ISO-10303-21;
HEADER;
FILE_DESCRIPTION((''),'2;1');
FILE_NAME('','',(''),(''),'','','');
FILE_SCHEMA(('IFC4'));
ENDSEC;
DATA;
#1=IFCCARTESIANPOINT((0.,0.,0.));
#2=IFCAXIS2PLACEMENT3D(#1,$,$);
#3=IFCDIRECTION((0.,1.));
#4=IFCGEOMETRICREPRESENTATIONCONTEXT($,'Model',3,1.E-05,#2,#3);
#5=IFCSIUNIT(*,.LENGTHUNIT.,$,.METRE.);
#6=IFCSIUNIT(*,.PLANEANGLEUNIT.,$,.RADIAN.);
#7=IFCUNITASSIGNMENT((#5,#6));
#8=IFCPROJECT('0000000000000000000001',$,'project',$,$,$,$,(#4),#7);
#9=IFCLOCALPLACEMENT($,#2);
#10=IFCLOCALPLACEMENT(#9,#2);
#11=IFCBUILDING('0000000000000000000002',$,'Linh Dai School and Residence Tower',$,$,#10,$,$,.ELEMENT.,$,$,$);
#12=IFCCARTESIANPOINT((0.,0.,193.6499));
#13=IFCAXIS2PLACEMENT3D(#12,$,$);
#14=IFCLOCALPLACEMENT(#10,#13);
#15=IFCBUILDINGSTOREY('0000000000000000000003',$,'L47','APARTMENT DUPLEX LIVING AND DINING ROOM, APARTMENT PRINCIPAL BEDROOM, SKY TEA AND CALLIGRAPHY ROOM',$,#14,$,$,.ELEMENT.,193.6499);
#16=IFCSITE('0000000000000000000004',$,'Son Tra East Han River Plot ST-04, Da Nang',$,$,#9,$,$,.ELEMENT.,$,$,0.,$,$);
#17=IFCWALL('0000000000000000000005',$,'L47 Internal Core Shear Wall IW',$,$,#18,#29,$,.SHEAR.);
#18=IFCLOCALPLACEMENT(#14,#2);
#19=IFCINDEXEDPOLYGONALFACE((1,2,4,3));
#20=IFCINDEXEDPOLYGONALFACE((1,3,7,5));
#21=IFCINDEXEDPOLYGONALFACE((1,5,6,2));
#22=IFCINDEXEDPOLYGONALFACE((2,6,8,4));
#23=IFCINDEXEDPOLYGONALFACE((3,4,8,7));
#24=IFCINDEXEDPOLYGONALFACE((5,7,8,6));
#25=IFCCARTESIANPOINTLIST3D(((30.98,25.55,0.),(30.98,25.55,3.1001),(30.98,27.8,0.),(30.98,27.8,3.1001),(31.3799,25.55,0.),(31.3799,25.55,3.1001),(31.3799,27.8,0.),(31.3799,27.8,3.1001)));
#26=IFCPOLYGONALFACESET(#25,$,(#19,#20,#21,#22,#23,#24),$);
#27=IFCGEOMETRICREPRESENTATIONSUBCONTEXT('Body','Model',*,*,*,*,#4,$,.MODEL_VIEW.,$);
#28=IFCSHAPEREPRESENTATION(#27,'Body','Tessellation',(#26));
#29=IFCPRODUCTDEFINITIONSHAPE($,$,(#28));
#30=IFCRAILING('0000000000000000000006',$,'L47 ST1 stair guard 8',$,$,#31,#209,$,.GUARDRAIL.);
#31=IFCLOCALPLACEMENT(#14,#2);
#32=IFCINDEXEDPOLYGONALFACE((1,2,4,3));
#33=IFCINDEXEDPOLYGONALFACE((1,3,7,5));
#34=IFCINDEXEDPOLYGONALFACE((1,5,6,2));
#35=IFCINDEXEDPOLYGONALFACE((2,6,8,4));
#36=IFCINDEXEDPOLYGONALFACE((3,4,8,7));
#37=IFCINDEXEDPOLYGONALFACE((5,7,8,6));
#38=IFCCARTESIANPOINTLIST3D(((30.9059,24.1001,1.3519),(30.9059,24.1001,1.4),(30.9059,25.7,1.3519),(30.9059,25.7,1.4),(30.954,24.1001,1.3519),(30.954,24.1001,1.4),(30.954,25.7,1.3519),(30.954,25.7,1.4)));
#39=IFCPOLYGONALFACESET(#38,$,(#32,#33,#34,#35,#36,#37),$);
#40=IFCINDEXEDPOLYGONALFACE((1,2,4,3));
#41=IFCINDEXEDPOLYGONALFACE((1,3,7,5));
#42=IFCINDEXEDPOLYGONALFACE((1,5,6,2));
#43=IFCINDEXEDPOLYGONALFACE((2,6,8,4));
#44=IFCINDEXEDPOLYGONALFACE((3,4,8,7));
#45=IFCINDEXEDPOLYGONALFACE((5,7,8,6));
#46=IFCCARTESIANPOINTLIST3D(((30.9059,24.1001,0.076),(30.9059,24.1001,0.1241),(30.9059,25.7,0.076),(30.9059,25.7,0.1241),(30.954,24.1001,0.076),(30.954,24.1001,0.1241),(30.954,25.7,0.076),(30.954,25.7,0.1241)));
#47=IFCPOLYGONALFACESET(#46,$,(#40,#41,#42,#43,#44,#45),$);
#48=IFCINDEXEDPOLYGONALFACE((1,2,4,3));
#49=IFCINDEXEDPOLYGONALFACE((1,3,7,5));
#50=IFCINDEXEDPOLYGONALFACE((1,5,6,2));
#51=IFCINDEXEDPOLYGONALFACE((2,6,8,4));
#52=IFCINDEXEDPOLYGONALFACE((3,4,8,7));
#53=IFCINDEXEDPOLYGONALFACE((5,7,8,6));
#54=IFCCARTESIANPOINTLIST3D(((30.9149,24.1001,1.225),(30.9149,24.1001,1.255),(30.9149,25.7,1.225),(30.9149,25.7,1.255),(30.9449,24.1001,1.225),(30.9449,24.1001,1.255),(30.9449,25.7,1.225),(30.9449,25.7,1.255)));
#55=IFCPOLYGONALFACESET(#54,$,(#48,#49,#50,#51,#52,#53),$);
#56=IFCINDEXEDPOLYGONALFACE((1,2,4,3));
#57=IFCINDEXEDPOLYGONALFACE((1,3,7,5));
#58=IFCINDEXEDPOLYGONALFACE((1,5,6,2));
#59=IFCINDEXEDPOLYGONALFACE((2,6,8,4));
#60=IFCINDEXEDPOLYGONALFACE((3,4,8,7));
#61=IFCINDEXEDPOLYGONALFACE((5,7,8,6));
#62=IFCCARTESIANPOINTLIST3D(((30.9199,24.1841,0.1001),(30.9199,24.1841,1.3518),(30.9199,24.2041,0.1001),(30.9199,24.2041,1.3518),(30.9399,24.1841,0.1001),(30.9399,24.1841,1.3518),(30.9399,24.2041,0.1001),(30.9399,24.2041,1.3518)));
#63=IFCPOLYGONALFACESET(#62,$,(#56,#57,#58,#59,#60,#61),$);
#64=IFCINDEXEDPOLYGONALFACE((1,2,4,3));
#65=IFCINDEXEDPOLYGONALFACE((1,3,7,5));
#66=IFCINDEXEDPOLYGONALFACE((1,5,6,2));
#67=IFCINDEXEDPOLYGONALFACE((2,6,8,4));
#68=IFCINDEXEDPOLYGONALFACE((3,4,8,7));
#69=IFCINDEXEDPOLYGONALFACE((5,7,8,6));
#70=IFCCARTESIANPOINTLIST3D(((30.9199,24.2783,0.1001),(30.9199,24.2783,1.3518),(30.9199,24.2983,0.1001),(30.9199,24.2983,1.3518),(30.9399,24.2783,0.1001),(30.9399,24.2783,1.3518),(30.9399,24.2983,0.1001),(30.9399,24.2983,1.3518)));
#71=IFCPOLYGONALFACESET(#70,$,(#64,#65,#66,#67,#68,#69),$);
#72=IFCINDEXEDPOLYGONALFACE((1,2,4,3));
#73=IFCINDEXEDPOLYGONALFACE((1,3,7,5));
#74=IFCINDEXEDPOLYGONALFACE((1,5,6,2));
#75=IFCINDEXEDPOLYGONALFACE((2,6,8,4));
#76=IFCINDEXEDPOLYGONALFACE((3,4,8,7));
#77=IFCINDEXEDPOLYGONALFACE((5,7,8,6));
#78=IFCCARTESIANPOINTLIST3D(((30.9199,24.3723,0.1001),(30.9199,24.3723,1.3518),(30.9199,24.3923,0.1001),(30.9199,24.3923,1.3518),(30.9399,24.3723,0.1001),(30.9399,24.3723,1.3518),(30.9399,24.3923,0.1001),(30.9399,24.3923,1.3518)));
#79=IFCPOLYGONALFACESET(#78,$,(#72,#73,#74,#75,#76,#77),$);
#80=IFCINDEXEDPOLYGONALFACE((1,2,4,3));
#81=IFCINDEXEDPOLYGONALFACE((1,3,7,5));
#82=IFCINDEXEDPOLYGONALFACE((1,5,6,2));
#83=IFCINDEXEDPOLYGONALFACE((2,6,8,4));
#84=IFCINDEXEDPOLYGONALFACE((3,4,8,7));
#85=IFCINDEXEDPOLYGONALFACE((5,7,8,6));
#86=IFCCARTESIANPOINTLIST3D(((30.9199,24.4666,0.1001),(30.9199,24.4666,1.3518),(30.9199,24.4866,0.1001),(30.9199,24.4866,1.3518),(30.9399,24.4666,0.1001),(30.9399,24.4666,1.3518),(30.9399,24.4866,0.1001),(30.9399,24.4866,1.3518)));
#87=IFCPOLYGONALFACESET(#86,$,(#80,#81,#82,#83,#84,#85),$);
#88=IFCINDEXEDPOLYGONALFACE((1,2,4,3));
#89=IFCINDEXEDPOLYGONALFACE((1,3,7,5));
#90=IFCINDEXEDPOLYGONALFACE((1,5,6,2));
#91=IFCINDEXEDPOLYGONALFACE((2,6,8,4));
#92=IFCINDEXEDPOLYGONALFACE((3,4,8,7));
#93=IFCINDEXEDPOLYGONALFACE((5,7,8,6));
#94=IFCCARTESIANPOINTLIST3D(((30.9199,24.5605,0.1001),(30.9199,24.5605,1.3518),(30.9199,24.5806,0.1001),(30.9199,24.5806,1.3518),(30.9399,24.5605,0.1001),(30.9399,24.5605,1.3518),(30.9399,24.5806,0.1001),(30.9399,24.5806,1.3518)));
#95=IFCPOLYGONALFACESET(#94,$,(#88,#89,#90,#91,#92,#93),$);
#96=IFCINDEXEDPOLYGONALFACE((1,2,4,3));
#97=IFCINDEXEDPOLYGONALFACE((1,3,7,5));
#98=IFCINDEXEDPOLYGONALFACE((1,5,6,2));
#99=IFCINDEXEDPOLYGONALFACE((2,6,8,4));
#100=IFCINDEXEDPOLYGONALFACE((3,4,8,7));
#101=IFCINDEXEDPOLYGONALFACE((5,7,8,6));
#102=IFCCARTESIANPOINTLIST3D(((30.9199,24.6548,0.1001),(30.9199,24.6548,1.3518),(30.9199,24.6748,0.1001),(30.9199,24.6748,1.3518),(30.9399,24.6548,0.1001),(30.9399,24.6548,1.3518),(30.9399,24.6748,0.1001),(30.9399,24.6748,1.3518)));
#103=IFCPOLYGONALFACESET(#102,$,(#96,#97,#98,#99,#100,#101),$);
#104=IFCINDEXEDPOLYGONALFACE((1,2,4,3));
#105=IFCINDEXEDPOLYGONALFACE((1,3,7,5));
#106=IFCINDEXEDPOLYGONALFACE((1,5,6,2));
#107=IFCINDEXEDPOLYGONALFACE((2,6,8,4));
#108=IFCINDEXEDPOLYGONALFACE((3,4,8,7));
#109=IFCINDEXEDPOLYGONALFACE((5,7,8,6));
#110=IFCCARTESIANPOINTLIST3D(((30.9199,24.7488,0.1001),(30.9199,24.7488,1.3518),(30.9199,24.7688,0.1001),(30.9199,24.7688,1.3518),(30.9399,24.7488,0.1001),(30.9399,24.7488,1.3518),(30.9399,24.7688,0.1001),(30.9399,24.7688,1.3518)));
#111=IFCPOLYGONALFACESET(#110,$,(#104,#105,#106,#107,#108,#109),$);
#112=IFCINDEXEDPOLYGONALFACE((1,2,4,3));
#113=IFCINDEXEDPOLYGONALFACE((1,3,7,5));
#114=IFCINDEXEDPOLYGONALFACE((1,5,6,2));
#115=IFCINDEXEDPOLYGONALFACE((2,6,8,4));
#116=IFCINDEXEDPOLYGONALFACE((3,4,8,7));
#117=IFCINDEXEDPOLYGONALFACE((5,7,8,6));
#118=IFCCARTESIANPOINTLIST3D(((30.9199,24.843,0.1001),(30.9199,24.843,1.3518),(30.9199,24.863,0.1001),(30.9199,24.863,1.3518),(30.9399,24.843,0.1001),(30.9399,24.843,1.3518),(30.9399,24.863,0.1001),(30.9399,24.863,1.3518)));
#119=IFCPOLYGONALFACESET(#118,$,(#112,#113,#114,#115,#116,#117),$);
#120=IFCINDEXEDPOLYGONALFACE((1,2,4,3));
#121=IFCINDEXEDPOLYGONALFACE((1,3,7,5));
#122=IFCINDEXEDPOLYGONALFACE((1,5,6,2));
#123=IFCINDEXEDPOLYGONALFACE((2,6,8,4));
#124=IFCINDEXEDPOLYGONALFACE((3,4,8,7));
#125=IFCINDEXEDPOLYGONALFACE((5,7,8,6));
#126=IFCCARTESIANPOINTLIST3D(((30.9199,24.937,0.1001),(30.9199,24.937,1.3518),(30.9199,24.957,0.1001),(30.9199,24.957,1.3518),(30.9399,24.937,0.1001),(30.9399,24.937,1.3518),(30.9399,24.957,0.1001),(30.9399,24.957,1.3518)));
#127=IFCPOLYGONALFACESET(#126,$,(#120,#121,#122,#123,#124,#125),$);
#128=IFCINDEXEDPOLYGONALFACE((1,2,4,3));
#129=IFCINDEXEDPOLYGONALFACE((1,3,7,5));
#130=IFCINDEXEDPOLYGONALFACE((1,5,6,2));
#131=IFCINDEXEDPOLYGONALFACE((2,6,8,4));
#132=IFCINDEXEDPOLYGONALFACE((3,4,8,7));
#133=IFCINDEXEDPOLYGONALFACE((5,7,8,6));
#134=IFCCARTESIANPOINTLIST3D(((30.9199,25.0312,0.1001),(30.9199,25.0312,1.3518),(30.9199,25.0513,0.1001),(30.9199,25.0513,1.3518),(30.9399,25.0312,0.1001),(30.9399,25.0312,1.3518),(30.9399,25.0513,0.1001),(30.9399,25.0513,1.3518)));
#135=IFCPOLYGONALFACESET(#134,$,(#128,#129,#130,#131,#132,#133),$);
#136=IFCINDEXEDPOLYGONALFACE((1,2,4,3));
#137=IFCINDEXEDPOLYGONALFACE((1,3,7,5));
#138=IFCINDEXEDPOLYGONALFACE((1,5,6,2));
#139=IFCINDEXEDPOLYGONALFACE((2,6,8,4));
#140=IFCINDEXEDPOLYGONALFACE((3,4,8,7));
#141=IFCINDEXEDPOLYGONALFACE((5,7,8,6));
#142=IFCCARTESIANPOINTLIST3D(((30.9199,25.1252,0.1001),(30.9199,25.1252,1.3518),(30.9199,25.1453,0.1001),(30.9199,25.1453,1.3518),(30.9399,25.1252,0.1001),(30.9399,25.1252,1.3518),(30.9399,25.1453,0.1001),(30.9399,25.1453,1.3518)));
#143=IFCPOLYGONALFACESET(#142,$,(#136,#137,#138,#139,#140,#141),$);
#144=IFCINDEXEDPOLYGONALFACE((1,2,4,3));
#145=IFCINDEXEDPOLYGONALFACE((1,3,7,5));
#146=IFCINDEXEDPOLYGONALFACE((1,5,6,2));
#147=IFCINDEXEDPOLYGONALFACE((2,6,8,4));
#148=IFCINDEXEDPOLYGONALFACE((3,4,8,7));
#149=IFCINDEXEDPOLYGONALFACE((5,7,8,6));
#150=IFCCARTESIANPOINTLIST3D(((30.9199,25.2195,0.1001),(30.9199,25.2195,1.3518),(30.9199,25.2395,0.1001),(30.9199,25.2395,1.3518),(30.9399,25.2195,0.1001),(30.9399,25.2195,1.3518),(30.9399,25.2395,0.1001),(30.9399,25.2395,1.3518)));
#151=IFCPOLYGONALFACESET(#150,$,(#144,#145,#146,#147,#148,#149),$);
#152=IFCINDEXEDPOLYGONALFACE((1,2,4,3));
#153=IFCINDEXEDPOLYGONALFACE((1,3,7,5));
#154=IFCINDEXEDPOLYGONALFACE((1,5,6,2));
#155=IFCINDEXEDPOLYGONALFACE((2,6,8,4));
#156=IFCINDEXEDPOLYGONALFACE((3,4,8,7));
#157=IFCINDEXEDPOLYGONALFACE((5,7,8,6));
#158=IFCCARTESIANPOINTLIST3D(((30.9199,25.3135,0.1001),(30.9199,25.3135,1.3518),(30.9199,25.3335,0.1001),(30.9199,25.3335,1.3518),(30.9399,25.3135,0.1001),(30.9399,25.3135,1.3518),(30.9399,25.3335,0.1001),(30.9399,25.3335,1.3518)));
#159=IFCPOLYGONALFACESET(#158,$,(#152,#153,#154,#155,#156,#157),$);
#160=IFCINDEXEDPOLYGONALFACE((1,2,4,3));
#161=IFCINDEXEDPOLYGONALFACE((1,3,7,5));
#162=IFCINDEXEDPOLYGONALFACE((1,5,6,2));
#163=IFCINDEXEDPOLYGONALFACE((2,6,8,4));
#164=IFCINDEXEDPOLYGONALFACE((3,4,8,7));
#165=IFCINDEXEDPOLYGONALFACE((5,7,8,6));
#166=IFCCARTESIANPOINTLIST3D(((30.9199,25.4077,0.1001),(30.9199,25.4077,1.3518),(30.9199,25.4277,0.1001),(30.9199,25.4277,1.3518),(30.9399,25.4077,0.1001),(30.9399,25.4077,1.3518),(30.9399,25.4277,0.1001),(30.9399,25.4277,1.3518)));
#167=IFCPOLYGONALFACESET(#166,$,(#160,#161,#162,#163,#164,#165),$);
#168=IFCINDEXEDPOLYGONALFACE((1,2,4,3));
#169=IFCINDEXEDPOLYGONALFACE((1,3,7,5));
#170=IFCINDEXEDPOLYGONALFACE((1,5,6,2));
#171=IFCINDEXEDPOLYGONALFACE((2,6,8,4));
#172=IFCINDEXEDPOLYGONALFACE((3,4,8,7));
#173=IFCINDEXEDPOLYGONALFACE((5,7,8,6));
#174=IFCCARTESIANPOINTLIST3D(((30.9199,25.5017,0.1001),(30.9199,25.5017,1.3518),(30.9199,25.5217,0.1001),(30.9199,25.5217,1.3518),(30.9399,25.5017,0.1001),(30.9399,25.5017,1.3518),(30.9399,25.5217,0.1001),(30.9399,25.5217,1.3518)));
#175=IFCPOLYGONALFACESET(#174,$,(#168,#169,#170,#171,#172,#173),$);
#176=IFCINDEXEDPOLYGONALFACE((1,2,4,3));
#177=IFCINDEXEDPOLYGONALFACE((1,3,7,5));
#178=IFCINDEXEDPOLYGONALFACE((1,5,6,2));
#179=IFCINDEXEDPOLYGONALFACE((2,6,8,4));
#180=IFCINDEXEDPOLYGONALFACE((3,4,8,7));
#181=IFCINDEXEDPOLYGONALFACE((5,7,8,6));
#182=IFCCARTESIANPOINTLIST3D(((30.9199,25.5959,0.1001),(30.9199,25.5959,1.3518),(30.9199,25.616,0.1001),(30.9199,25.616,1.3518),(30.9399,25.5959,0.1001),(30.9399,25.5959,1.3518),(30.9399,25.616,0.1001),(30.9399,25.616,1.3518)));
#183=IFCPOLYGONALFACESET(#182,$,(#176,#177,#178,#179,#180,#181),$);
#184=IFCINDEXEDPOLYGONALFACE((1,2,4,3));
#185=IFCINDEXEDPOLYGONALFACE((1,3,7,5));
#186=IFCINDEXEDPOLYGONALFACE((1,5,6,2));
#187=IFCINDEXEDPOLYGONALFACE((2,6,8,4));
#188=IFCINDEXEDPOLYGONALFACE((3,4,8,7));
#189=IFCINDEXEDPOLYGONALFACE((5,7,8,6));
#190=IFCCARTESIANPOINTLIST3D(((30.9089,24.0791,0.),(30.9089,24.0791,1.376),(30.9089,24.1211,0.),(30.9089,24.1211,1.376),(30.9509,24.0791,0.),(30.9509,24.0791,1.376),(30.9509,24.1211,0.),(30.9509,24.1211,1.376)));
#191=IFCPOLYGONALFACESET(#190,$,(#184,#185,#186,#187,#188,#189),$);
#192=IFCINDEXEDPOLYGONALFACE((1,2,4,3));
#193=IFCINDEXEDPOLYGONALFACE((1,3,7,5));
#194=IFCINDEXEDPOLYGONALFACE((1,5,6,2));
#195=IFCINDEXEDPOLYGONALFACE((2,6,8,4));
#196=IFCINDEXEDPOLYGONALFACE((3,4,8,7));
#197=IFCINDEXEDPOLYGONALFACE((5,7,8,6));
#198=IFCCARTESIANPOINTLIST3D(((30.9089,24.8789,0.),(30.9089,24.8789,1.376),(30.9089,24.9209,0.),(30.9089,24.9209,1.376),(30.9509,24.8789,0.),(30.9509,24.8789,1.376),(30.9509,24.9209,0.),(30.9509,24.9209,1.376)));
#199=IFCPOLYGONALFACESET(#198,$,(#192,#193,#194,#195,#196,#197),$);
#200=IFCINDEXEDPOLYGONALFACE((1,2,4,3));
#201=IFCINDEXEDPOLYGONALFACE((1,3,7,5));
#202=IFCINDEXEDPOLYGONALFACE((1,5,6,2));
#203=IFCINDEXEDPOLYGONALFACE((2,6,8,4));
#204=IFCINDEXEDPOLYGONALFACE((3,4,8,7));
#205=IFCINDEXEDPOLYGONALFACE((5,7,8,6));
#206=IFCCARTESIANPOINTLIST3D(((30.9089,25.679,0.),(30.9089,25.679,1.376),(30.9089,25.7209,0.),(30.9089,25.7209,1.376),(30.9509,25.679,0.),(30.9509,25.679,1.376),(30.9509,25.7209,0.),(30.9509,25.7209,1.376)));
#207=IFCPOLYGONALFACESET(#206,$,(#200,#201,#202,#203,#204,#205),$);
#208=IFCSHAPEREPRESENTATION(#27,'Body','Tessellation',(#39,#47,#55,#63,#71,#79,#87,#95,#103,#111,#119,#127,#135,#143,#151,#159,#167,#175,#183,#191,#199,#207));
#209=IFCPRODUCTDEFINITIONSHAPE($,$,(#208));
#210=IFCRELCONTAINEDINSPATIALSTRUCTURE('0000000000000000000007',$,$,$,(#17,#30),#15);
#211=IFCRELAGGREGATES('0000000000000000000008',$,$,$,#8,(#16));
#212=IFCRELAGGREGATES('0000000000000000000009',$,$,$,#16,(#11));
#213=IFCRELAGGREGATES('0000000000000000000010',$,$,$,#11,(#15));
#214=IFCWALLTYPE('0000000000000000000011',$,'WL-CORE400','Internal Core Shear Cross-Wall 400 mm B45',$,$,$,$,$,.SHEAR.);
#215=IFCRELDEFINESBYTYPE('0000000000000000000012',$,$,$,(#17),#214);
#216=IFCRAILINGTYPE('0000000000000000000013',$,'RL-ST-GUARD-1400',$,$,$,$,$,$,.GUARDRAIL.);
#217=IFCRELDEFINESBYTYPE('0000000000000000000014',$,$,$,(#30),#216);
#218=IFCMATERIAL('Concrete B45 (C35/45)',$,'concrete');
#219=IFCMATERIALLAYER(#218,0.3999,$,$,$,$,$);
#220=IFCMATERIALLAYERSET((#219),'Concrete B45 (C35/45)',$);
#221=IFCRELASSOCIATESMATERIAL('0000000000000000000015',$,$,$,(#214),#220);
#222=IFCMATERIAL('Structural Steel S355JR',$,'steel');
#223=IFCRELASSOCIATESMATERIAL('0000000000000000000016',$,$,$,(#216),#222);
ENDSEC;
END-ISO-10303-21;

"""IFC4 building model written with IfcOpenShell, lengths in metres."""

from ifc_helpers import new_model, si_unit, direction, frame, frame_2d, origin, origin_2d, place, context, subcontext, project, spatial, rectangle, extrude, source, transform, mapped, material, layer, layer_set, type_object, element, save


model = new_model("IFC4")

# Units and contexts
model_context = context("Model", 3, precision=1e-05, world=origin(), true_north=direction((0.0, 1.0)))
body_context = subcontext(model_context, "Body", "Model", "MODEL_VIEW")
ifc_project = project(units=[si_unit("LENGTHUNIT", "METRE"), si_unit("PLANEANGLEUNIT", "RADIAN")], contexts=[model_context])

# Site, building, storey
site_placement = place(None, origin())
site = spatial("IfcSite", under=ifc_project, at=site_placement, Name="Son Tra East Han River Plot ST-04, Da Nang", CompositionType="ELEMENT", RefElevation=0.0)
building_placement = place(site_placement, origin())
building = spatial("IfcBuilding", under=site, at=building_placement, Name="Linh Dai School and Residence Tower", CompositionType="ELEMENT")
storey_placement = place(building_placement, frame((0.0, 0.0, 193.6499)))
storey = spatial("IfcBuildingStorey", under=building, at=storey_placement, Name="L47", Description="APARTMENT DUPLEX LIVING AND DINING ROOM, APARTMENT PRINCIPAL BEDROOM, SKY TEA AND CALLIGRAPHY ROOM", CompositionType="ELEMENT", Elevation=193.6499)

# Shared definitions
ifc_material_1 = material(Name="Structural Steel S355JR", Category="steel")

# Shared definitions
ifc_material_2 = material(Name="Concrete B45 (C35/45)", Category="concrete")

# Wall
ifc_layer_1 = layer(ifc_material_2, 0.3999)
ifc_layer_set_1 = layer_set([ifc_layer_1], Name="Concrete B45 (C35/45)")
wall_type_1 = type_object("IfcWallType", Name="WL-CORE400", Description="Internal Core Shear Cross-Wall 400 mm B45", PredefinedType="SHEAR", material=ifc_layer_set_1)
wall_1_placement = place(storey_placement, frame((31.1799, 25.55, 0.0), z_axis=(0.0, 0.0, 1.0), x_axis=(0.0, 1.0, 0.0)))
element("IfcWall", 1, at=wall_1_placement, inside=storey, type_object=wall_type_1, Name="L47 Internal Core Shear Wall IW", PredefinedType="SHEAR", context=body_context, shape_type="SweptSolid", body=[
    extrude(rectangle(XDim=2.25, YDim=0.3999, at=frame_2d((1.125, 0.0))), origin(), (0.0, 0.0, 1.0), 3.1001),
])

# Railing
railing_type = type_object("IfcRailingType", Name="RL-ST-GUARD-1400", PredefinedType="GUARDRAIL", material=ifc_material_1)
shared_shape_1 = source(origin(), body_context, "Body", "SweptSolid", [
    extrude(rectangle(XDim=0.0481, YDim=0.0481, at=origin_2d()), frame((0.0, 0.0, 1.376), z_axis=(0.0, 1.0, 0.0), x_axis=(-1.0, 0.0, 0.0)), (0.0, 0.0, 1.0), 1.5999),
    extrude(rectangle(XDim=0.0481, YDim=0.0481, at=origin_2d()), frame((0.0, 0.0, 0.1001), z_axis=(0.0, 1.0, 0.0), x_axis=(-1.0, 0.0, 0.0)), (0.0, 0.0, 1.0), 1.5999),
    extrude(rectangle(XDim=0.03, YDim=0.03, at=origin_2d()), frame((0.0, 0.0, 1.24), z_axis=(0.0, 1.0, 0.0), x_axis=(-1.0, 0.0, 0.0)), (0.0, 0.0, 1.0), 1.5999),
    extrude(rectangle(XDim=0.02, YDim=0.02, at=origin_2d()), frame((0.0, 0.094, 0.1001)), (0.0, 0.0, 1.0), 1.2517),
    extrude(rectangle(XDim=0.02, YDim=0.02, at=origin_2d()), frame((0.0, 0.1882, 0.1001)), (0.0, 0.0, 1.0), 1.2517),
    extrude(rectangle(XDim=0.02, YDim=0.02, at=origin_2d()), frame((0.0, 0.2822, 0.1001)), (0.0, 0.0, 1.0), 1.2517),
    extrude(rectangle(XDim=0.02, YDim=0.02, at=origin_2d()), frame((0.0, 0.3765, 0.1001)), (0.0, 0.0, 1.0), 1.2517),
    extrude(rectangle(XDim=0.02, YDim=0.02, at=origin_2d()), frame((0.0, 0.4705, 0.1001)), (0.0, 0.0, 1.0), 1.2517),
    extrude(rectangle(XDim=0.02, YDim=0.02, at=origin_2d()), frame((0.0, 0.5647, 0.1001)), (0.0, 0.0, 1.0), 1.2517),
    extrude(rectangle(XDim=0.02, YDim=0.02, at=origin_2d()), frame((0.0, 0.6587, 0.1001)), (0.0, 0.0, 1.0), 1.2517),
    extrude(rectangle(XDim=0.02, YDim=0.02, at=origin_2d()), frame((0.0, 0.7529, 0.1001)), (0.0, 0.0, 1.0), 1.2517),
    extrude(rectangle(XDim=0.02, YDim=0.02, at=origin_2d()), frame((0.0, 0.8469, 0.1001)), (0.0, 0.0, 1.0), 1.2517),
    extrude(rectangle(XDim=0.02, YDim=0.02, at=origin_2d()), frame((0.0, 0.9412, 0.1001)), (0.0, 0.0, 1.0), 1.2517),
    extrude(rectangle(XDim=0.02, YDim=0.02, at=origin_2d()), frame((0.0, 1.0352, 0.1001)), (0.0, 0.0, 1.0), 1.2517),
    extrude(rectangle(XDim=0.02, YDim=0.02, at=origin_2d()), frame((0.0, 1.1294, 0.1001)), (0.0, 0.0, 1.0), 1.2517),
    extrude(rectangle(XDim=0.02, YDim=0.02, at=origin_2d()), frame((0.0, 1.2234, 0.1001)), (0.0, 0.0, 1.0), 1.2517),
    extrude(rectangle(XDim=0.02, YDim=0.02, at=origin_2d()), frame((0.0, 1.3176, 0.1001)), (0.0, 0.0, 1.0), 1.2517),
    extrude(rectangle(XDim=0.02, YDim=0.02, at=origin_2d()), frame((0.0, 1.4116, 0.1001)), (0.0, 0.0, 1.0), 1.2517),
    extrude(rectangle(XDim=0.02, YDim=0.02, at=origin_2d()), frame((0.0, 1.5059, 0.1001)), (0.0, 0.0, 1.0), 1.2517),
    extrude(rectangle(XDim=0.042, YDim=0.042, at=origin_2d()), origin(), (0.0, 0.0, 1.0), 1.376),
    extrude(rectangle(XDim=0.042, YDim=0.042, at=origin_2d()), frame((0.0, 0.7998, 0.0)), (0.0, 0.0, 1.0), 1.376),
    extrude(rectangle(XDim=0.042, YDim=0.042, at=origin_2d()), frame((0.0, 1.5999, 0.0)), (0.0, 0.0, 1.0), 1.376),
])
for number, where, name in (
    (2, (30.9299, 24.1001, 0.0), "L47 ST1 stair guard 8"),
):
    element("IfcRailing", number, at=place(storey_placement, frame(where)), inside=storey, type_object=railing_type, Name=name, PredefinedType="GUARDRAIL", context=body_context, shape_type="MappedRepresentation", body=[
        mapped(shared_shape_1, transform((0.0, 0.0, 0.0), x_axis=(1.0, 0.0, 0.0), y_axis=(0.0, 1.0, 0.0), z_axis=(0.0, 0.0, 1.0), scale=1.0)),
    ])

save(model, "model.ifc")
